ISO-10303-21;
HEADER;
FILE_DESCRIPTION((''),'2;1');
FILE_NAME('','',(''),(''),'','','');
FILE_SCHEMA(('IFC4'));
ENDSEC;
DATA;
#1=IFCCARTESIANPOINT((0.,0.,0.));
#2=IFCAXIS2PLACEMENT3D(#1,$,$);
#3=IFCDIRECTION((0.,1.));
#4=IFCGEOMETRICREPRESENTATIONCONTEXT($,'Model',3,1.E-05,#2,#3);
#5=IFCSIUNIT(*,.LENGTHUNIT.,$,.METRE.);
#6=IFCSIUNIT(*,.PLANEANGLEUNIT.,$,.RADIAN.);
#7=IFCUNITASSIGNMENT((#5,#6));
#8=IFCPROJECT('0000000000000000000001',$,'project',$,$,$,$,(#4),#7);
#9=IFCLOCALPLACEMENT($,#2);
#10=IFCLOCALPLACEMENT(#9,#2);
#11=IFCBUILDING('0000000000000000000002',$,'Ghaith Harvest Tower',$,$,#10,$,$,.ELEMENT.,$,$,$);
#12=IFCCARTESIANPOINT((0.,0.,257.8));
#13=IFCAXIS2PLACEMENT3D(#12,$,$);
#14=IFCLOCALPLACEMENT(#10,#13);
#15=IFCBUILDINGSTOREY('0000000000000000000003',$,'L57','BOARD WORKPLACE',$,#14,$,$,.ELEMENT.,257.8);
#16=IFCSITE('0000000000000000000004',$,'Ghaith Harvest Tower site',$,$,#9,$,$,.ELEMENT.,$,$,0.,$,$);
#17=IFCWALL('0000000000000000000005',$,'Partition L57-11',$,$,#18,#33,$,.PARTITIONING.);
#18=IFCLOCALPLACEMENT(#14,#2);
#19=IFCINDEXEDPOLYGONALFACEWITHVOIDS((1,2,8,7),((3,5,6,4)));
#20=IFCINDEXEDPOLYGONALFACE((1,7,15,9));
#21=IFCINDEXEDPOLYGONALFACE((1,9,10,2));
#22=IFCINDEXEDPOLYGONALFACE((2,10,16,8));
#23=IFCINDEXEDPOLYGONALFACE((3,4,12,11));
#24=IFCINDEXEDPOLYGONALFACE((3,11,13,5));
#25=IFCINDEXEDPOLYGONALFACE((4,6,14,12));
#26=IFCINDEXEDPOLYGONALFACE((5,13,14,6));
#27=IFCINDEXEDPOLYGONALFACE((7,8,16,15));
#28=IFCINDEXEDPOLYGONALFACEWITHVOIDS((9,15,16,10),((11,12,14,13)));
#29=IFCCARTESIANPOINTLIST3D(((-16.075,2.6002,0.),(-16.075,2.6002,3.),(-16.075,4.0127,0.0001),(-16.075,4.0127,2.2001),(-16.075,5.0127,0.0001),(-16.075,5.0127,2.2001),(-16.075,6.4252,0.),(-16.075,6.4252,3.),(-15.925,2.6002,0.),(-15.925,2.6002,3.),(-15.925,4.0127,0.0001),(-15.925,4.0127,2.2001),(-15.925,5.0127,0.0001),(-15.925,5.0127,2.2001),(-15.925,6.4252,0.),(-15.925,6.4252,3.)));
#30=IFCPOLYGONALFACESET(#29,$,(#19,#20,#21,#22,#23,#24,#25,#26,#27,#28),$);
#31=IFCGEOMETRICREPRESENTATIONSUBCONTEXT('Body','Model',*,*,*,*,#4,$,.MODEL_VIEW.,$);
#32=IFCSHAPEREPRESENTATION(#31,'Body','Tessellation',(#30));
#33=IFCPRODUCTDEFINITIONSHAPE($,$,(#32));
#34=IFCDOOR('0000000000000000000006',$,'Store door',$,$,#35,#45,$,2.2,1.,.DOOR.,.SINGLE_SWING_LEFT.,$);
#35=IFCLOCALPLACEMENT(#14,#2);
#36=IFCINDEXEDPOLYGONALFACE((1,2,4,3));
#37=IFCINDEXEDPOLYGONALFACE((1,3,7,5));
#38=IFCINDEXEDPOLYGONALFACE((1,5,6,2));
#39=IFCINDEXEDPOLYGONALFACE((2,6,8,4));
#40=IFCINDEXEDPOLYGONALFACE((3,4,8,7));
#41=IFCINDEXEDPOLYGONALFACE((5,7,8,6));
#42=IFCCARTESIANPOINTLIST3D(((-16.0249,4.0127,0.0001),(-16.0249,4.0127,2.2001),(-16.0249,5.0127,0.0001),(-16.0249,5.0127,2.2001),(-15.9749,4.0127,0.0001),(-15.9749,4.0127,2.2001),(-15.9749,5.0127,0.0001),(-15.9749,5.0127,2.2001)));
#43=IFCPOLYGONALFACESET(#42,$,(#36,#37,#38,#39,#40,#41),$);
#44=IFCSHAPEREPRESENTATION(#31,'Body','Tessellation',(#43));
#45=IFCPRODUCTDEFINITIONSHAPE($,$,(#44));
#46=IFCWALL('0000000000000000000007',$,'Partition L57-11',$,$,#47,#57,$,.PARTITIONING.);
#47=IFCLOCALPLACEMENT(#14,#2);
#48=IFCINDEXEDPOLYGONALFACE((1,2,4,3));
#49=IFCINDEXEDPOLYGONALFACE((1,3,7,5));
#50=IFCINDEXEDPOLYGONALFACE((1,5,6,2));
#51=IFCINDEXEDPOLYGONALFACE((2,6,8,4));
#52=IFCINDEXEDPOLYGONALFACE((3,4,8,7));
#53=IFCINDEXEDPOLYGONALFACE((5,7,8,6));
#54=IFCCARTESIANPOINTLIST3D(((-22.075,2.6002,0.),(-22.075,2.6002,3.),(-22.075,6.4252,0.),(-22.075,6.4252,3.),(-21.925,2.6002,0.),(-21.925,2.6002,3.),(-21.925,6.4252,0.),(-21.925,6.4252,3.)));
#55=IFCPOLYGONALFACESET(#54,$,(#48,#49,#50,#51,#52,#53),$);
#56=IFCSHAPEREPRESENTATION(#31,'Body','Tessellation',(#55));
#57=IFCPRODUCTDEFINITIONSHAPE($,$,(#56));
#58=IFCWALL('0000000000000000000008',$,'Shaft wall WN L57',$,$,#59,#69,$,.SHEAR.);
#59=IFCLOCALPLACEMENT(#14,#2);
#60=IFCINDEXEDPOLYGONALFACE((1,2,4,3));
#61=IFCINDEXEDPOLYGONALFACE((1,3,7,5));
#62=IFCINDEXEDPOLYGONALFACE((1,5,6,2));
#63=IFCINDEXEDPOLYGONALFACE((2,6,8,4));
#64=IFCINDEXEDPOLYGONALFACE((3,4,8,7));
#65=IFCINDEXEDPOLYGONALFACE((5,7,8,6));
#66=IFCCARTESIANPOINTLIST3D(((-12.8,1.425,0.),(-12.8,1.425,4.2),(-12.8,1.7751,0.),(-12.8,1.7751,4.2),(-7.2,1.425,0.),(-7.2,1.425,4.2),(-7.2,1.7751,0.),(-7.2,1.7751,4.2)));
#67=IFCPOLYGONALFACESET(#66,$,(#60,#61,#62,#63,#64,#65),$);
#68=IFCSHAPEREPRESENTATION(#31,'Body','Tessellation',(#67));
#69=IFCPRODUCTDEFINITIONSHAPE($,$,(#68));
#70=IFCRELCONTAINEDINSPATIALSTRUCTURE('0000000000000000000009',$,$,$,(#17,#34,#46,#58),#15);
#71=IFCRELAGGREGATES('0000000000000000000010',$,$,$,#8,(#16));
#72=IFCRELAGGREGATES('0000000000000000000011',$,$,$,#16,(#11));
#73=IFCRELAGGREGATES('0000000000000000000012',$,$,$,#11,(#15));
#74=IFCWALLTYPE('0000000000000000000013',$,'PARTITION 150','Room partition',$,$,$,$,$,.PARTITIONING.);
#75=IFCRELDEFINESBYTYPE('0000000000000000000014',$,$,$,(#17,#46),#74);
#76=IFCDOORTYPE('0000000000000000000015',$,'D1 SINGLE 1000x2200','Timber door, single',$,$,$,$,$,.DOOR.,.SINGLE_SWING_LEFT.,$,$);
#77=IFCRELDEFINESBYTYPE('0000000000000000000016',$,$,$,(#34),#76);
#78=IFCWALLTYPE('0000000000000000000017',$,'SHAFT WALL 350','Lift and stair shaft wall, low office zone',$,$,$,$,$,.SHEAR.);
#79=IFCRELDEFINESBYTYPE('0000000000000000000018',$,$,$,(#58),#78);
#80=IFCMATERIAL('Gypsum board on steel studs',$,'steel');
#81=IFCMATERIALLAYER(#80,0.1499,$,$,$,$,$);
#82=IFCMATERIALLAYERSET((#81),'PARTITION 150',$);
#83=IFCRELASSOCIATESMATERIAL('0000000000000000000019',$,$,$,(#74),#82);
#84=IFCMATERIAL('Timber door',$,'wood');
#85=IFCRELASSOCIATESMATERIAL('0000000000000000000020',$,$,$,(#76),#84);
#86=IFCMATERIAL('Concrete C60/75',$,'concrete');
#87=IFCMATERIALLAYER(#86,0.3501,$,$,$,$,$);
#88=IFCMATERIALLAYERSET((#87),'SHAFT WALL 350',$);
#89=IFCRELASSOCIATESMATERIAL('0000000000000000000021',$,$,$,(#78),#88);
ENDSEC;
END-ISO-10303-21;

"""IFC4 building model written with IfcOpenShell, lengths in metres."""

from ifc_helpers import new_model, si_unit, direction, frame, frame_2d, origin, place, context, subcontext, project, spatial, rectangle, extrude, material, layer, layer_set, type_object, element, fill, save


model = new_model("IFC4")

# Units and contexts
model_context = context("Model", 3, precision=1e-05, world=origin(), true_north=direction((0.0, 1.0)))
body_context = subcontext(model_context, "Body", "Model", "MODEL_VIEW")
ifc_project = project(units=[si_unit("LENGTHUNIT", "METRE"), si_unit("PLANEANGLEUNIT", "RADIAN")], contexts=[model_context])

# Site, building, storey
site_placement = place(None, origin())
site = spatial("IfcSite", under=ifc_project, at=site_placement, Name="Ghaith Harvest Tower site", CompositionType="ELEMENT", RefElevation=0.0)
building_placement = place(site_placement, origin())
building = spatial("IfcBuilding", under=site, at=building_placement, Name="Ghaith Harvest Tower", CompositionType="ELEMENT")
storey_placement = place(building_placement, frame((0.0, 0.0, 257.8)))
storey = spatial("IfcBuildingStorey", under=building, at=storey_placement, Name="L57", Description="BOARD WORKPLACE", CompositionType="ELEMENT", Elevation=257.8)

# Shared definitions
ifc_material_1 = material(Name="Gypsum board on steel studs", Category="steel")
ifc_layer_1 = layer(ifc_material_1, 0.1499)
ifc_layer_set_1 = layer_set([ifc_layer_1], Name="PARTITION 150")
wall_type_1 = type_object("IfcWallType", Name="PARTITION 150", Description="Room partition", PredefinedType="PARTITIONING", material=ifc_layer_set_1)

# Wall, opening, door
wall_1_placement = place(storey_placement, frame((-16.0, 2.6001, 0.0), z_axis=(0.0, 0.0, 1.0), x_axis=(0.0, 1.0, 0.0)))
wall_1 = element("IfcWall", 1, at=wall_1_placement, inside=storey, type_object=wall_type_1, Name="Partition L57-11", PredefinedType="PARTITIONING", context=body_context, shape_type="SweptSolid", body=[
    extrude(rectangle(XDim=3.825, YDim=0.1499, at=frame_2d((1.9126, 0.0))), origin(), (0.0, 0.0, 1.0), 3.0),
])
opening_placement = place(wall_1_placement, frame((1.4126, 0.0, 0.0)))
opening = element("IfcOpeningElement", 2, at=opening_placement, cuts=wall_1, PredefinedType="OPENING", context=body_context, shape_type="SweptSolid", body=[
    extrude(rectangle(XDim=1.0, YDim=2.2, at=frame_2d((0.5, 1.1001))), frame((0.0, 0.085, 0.0), z_axis=(0.0, -1.0, 0.0), x_axis=(1.0, 0.0, 0.0)), (0.0, 0.0, 1.0), 0.1699),
])
ifc_material_2 = material(Name="Timber door", Category="wood")
door_type = type_object("IfcDoorType", Name="D1 SINGLE 1000x2200", Description="Timber door, single", OperationType="SINGLE_SWING_LEFT", PredefinedType="DOOR", material=ifc_material_2)
door_placement = place(opening_placement, origin())
door = element("IfcDoor", 3, at=door_placement, inside=storey, type_object=door_type, Name="Store door", OperationType="SINGLE_SWING_LEFT", OverallHeight=2.2, OverallWidth=1.0, PredefinedType="DOOR", context=body_context, shape_type="SweptSolid", body=[
    extrude(rectangle(XDim=1.0, YDim=2.2, at=frame_2d((0.5, 1.1001))), frame((0.0, 0.0249, 0.0), z_axis=(0.0, -1.0, 0.0), x_axis=(1.0, 0.0, 0.0)), (0.0, 0.0, 1.0), 0.05),
])
fill(opening, door)

# Walls
wall_2_placement = place(storey_placement, frame((-22.0, 2.6001, 0.0), z_axis=(0.0, 0.0, 1.0), x_axis=(0.0, 1.0, 0.0)))
element("IfcWall", 4, at=wall_2_placement, inside=storey, type_object=wall_type_1, Name="Partition L57-11", PredefinedType="PARTITIONING", context=body_context, shape_type="SweptSolid", body=[
    extrude(rectangle(XDim=3.825, YDim=0.1499, at=frame_2d((1.9126, 0.0))), origin(), (0.0, 0.0, 1.0), 3.0),
])
ifc_material_3 = material(Name="Concrete C60/75", Category="concrete")
ifc_layer_2 = layer(ifc_material_3, 0.3501)
ifc_layer_set_2 = layer_set([ifc_layer_2], Name="SHAFT WALL 350")
wall_type_2 = type_object("IfcWallType", Name="SHAFT WALL 350", Description="Lift and stair shaft wall, low office zone", PredefinedType="SHEAR", material=ifc_layer_set_2)
wall_3_placement = place(storey_placement, frame((-12.8, 1.6001, 0.0), z_axis=(0.0, 0.0, 1.0), x_axis=(1.0, 0.0, 0.0)))
element("IfcWall", 5, at=wall_3_placement, inside=storey, type_object=wall_type_2, Name="Shaft wall WN L57", PredefinedType="SHEAR", context=body_context, shape_type="SweptSolid", body=[
    extrude(rectangle(XDim=5.6001, YDim=0.3501, at=frame_2d((2.8, 0.0))), origin(), (0.0, 0.0, 1.0), 4.2),
])

save(model, "model.ifc")
